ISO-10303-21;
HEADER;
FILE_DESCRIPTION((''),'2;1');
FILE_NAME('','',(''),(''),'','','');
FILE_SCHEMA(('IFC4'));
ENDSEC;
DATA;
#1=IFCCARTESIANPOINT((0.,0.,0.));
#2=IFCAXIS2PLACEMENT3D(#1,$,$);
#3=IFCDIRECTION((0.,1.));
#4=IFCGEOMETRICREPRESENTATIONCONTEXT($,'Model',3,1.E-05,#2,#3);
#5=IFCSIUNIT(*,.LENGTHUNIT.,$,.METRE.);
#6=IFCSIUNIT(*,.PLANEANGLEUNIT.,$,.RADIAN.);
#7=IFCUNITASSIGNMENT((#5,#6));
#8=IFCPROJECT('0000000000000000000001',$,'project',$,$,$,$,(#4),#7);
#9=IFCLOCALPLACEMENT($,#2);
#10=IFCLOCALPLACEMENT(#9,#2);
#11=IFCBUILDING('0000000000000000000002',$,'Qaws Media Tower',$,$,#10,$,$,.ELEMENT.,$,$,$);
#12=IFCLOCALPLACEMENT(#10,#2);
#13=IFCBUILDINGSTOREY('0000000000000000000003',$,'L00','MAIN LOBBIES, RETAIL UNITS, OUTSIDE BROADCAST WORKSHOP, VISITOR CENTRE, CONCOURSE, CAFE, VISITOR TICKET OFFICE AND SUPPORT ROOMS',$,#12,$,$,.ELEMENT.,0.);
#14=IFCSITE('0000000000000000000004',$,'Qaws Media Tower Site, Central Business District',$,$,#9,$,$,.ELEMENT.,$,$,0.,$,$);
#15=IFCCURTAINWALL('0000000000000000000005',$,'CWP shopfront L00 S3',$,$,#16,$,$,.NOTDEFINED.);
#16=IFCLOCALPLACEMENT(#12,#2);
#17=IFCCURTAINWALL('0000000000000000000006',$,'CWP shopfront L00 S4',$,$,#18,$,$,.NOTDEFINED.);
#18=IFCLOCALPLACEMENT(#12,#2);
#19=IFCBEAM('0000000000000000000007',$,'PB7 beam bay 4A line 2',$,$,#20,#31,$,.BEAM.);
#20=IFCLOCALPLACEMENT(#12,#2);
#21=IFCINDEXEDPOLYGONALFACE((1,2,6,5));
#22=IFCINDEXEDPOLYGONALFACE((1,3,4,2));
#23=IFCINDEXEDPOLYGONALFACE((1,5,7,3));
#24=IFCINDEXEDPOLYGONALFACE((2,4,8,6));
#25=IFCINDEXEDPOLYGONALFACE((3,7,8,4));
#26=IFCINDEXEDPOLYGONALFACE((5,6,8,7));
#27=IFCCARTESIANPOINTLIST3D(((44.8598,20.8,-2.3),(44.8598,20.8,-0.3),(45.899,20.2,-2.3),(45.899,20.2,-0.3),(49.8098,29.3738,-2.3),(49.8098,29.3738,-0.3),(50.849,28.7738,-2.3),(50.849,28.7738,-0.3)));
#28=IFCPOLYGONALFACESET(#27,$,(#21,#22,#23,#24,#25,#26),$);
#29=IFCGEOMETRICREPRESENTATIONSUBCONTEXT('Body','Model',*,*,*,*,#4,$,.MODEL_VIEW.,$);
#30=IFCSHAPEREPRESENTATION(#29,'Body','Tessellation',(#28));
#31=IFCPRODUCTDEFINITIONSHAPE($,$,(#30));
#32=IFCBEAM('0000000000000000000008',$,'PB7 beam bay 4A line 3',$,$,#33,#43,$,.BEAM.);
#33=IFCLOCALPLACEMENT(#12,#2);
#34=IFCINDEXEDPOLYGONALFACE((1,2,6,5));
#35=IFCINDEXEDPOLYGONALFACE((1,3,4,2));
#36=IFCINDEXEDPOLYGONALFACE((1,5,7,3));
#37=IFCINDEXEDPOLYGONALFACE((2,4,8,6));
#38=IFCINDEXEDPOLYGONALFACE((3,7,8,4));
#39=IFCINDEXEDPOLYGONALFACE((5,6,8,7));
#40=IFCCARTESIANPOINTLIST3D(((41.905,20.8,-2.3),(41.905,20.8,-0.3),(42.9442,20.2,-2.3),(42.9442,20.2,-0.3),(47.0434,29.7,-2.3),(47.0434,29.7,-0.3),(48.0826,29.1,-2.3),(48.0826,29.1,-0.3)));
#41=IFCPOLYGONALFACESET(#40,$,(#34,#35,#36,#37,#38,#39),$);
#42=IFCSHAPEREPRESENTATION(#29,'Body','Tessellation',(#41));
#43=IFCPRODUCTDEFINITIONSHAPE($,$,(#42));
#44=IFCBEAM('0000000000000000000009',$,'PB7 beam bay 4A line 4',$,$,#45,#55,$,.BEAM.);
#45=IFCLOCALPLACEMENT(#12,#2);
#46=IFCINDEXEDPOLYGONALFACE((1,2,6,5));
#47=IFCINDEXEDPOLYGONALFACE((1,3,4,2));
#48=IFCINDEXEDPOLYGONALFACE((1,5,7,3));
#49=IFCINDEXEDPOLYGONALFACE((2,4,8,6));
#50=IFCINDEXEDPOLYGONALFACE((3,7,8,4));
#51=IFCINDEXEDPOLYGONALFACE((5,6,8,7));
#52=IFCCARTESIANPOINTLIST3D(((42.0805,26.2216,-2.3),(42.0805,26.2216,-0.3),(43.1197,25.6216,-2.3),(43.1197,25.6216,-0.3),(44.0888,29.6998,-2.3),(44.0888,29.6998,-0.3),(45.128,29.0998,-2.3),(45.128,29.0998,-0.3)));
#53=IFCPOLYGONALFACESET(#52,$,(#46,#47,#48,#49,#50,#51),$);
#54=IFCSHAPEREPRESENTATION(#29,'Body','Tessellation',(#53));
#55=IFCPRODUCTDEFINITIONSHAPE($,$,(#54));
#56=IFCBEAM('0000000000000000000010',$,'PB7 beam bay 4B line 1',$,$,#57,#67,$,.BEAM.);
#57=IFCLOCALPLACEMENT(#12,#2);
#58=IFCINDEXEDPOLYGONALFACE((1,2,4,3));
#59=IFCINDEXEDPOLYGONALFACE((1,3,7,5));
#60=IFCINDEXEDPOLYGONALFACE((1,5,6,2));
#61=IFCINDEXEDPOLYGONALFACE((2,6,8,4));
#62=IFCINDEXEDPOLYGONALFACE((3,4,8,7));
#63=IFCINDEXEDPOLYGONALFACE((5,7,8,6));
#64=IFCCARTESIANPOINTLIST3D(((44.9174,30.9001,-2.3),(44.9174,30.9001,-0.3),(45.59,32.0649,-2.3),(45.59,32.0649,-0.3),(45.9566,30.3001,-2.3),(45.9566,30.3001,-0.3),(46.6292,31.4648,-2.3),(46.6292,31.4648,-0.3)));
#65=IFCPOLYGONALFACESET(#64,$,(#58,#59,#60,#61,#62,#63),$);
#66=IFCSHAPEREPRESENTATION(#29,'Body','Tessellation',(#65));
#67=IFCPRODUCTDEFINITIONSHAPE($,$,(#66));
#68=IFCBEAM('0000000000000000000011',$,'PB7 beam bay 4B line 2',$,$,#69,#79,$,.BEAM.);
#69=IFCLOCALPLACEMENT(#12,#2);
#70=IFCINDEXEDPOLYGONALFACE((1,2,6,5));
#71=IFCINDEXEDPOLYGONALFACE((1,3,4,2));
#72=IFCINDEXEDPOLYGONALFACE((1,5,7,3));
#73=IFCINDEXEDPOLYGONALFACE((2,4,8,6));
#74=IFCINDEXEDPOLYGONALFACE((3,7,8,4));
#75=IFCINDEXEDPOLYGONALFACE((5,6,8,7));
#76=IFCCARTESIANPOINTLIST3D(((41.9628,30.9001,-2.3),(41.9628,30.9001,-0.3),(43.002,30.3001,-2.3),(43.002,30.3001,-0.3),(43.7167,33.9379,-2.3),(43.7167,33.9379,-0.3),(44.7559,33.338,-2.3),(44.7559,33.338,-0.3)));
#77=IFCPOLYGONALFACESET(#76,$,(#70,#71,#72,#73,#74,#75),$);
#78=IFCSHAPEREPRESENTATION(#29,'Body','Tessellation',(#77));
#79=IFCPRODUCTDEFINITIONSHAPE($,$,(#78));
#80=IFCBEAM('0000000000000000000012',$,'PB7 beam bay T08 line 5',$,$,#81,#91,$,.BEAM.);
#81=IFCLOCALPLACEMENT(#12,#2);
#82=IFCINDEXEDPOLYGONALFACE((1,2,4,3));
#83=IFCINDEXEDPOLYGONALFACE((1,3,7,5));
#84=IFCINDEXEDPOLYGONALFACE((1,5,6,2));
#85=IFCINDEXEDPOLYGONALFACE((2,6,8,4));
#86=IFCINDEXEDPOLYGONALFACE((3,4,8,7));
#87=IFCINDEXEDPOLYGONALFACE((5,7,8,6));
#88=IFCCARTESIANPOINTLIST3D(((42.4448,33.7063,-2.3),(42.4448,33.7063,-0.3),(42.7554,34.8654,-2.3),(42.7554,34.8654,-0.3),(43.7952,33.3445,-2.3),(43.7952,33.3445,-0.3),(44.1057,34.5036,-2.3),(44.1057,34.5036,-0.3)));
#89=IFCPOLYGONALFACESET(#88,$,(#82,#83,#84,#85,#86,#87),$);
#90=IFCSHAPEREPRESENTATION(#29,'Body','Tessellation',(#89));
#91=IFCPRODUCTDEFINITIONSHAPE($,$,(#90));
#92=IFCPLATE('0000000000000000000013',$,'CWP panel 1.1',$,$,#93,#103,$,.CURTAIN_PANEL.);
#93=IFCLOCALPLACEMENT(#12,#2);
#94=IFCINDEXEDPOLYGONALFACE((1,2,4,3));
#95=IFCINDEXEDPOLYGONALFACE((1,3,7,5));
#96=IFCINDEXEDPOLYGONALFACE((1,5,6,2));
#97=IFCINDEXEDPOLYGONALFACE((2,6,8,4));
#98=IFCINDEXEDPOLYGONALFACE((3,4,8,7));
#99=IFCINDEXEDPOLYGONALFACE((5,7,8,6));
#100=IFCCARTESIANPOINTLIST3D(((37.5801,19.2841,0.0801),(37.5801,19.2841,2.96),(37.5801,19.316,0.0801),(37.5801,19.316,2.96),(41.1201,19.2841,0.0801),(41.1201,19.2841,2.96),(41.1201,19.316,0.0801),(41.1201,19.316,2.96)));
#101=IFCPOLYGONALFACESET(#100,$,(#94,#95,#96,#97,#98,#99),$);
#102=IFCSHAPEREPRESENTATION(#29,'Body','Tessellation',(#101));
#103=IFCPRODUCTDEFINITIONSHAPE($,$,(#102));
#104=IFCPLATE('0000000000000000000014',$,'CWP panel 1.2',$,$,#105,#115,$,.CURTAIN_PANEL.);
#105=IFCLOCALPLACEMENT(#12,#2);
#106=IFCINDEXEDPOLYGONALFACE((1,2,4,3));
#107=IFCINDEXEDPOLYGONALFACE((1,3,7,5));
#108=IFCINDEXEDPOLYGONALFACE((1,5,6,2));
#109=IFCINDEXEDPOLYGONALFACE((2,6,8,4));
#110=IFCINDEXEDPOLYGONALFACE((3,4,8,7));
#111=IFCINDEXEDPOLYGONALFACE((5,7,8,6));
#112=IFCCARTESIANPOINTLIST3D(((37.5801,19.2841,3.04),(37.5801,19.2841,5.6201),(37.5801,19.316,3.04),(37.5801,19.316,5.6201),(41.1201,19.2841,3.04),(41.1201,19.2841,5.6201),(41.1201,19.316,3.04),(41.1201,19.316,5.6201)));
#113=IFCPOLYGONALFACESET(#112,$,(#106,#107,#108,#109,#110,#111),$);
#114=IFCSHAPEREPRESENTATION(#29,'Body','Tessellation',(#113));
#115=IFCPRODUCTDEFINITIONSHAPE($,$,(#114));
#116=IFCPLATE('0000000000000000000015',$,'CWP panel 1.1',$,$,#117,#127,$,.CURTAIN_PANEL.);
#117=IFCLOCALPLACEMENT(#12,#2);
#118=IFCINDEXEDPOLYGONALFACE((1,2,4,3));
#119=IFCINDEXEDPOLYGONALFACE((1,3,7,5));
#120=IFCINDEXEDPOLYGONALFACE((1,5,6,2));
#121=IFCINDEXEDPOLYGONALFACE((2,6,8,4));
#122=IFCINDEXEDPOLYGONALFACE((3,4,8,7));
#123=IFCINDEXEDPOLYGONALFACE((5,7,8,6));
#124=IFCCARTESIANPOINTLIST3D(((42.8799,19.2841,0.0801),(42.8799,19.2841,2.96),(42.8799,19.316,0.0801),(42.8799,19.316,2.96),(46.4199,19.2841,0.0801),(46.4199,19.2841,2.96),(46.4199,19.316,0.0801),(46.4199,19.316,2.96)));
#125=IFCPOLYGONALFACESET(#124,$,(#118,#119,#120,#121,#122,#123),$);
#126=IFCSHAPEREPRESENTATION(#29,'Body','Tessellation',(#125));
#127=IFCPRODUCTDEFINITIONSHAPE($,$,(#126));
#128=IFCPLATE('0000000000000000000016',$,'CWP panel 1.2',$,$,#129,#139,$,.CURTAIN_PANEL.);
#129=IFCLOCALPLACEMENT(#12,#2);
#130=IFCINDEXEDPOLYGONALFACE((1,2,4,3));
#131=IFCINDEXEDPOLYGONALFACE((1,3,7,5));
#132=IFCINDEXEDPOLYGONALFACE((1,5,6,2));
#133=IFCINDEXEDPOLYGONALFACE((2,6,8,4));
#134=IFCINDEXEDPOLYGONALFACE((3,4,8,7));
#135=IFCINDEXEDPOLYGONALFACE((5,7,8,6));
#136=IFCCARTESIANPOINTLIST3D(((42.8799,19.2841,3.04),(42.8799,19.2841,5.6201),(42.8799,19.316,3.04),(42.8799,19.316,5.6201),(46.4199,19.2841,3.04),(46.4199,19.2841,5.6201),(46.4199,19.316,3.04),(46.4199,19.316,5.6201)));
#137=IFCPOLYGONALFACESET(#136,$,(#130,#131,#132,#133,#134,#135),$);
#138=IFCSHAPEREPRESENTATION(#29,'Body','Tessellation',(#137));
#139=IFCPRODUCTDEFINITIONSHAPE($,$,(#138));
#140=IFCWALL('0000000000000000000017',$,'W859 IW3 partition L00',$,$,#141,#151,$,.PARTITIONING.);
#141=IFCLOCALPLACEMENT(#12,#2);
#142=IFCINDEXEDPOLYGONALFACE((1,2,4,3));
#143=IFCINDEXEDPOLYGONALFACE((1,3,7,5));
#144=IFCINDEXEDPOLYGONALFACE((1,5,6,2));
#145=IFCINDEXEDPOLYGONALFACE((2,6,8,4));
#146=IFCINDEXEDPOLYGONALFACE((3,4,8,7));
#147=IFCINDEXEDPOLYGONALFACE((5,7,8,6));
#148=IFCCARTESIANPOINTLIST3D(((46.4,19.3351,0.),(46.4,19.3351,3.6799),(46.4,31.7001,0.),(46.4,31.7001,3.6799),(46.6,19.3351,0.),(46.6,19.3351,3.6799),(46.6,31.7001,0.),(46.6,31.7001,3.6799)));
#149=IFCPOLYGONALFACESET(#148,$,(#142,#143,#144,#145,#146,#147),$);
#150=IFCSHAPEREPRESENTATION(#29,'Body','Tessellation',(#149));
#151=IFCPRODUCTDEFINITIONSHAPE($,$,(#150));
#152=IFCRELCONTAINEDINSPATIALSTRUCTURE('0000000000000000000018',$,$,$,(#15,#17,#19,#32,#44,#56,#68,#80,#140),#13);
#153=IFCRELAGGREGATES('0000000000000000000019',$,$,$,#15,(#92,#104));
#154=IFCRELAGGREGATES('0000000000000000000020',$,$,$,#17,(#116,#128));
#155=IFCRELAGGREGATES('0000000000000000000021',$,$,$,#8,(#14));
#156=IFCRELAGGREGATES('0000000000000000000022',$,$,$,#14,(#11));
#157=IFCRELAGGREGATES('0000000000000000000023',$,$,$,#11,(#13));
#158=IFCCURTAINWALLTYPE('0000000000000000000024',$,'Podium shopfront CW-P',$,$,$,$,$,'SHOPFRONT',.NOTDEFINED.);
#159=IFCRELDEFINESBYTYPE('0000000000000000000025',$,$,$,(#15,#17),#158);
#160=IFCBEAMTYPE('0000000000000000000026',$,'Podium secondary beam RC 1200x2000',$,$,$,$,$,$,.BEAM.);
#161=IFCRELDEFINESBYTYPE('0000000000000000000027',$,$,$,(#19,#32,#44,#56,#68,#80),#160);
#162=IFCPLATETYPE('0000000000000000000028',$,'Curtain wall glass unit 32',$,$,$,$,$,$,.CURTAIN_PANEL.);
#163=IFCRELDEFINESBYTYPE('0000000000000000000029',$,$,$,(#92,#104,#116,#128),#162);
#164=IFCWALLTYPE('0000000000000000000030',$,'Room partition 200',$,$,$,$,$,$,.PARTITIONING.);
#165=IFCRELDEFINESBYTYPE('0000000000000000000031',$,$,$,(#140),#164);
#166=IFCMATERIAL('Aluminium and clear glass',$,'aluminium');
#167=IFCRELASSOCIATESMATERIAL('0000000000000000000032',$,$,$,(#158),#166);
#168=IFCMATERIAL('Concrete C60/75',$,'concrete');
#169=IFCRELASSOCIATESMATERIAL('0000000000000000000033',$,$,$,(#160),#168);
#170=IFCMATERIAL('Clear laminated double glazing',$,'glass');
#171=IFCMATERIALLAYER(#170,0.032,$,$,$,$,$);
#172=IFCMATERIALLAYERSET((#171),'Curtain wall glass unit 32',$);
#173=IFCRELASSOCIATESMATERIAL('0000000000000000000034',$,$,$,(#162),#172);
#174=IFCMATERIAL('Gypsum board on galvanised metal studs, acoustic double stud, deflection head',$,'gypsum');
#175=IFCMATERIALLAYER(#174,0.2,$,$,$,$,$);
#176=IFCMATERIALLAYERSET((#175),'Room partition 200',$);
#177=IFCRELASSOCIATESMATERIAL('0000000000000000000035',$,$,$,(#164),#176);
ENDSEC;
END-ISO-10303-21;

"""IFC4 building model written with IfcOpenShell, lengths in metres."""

from ifc_helpers import new_model, si_unit, direction, frame, frame_2d, origin, origin_2d, place, context, subcontext, project, spatial, rectangle, extrude, material, layer, layer_set, material_profile, profile_set, type_object, element, aggregate, save


model = new_model("IFC4")

# Units and contexts
model_context = context("Model", 3, precision=1e-05, world=origin(), true_north=direction((0.0, 1.0)))
body_context = subcontext(model_context, "Body", "Model", "MODEL_VIEW")
ifc_project = project(units=[si_unit("LENGTHUNIT", "METRE"), si_unit("PLANEANGLEUNIT", "RADIAN")], contexts=[model_context])

# Site, building, storey
site_placement = place(None, origin())
site = spatial("IfcSite", under=ifc_project, at=site_placement, Name="Qaws Media Tower Site, Central Business District", CompositionType="ELEMENT", RefElevation=0.0)
building_placement = place(site_placement, origin())
building = spatial("IfcBuilding", under=site, at=building_placement, Name="Qaws Media Tower", CompositionType="ELEMENT")
storey_placement = place(building_placement, origin())
storey = spatial("IfcBuildingStorey", under=building, at=storey_placement, Name="L00", Description="MAIN LOBBIES, RETAIL UNITS, OUTSIDE BROADCAST WORKSHOP, VISITOR CENTRE, CONCOURSE, CAFE, VISITOR TICKET OFFICE AND SUPPORT ROOMS", CompositionType="ELEMENT", Elevation=0.0)

# Curtain wall
ifc_material_1 = material(Name="Aluminium and clear glass", Category="aluminium")
curtain_wall_type = type_object("IfcCurtainWallType", Name="Podium shopfront CW-P", ElementType="SHOPFRONT", PredefinedType="NOTDEFINED", material=ifc_material_1)
curtain_wall_1_placement = place(storey_placement, origin())
curtain_wall_1 = element("IfcCurtainWall", 1, at=curtain_wall_1_placement, inside=storey, type_object=curtain_wall_type, Name="CWP shopfront L00 S3", PredefinedType="NOTDEFINED")

# Curtain wall
curtain_wall_2_placement = place(storey_placement, origin())
curtain_wall_2 = element("IfcCurtainWall", 2, at=curtain_wall_2_placement, inside=storey, type_object=curtain_wall_type, Name="CWP shopfront L00 S4", PredefinedType="NOTDEFINED")

# Beams
ifc_material_2 = material(Name="Concrete C60/75", Category="concrete")
ifc_material_profile_1 = material_profile(ifc_material_2, rectangle(XDim=1.2, YDim=2.0, at=origin_2d()), Name="RC 1200x2000")
ifc_profile_set_1 = profile_set([ifc_material_profile_1], Name="Concrete C60/75")
beam_type_1 = type_object("IfcBeamType", Name="Podium secondary beam RC 1200x2000", PredefinedType="BEAM", material=ifc_profile_set_1)
beam_1_placement = place(storey_placement, frame((45.3794, 20.5, -1.3), z_axis=(0.499993, 0.86603, 0.0), x_axis=(-0.86603, 0.499993, 0.0)))
element("IfcBeam", 3, at=beam_1_placement, inside=storey, type_object=beam_type_1, Name="PB7 beam bay 4A line 2", PredefinedType="BEAM", context=body_context, shape_type="SweptSolid", body=[
    extrude(rectangle(XDim=1.2, YDim=2.0, at=origin_2d()), origin(), (0.0, 0.0, 1.0), 9.9001),
])
beam_2_placement = place(storey_placement, frame((42.4246, 20.5, -1.3), z_axis=(0.500005, 0.866023, 0.0), x_axis=(-0.866023, 0.500005, 0.0)))
element("IfcBeam", 4, at=beam_2_placement, inside=storey, type_object=beam_type_1, Name="PB7 beam bay 4A line 3", PredefinedType="BEAM", context=body_context, shape_type="SweptSolid", body=[
    extrude(rectangle(XDim=1.2, YDim=2.0, at=origin_2d()), origin(), (0.0, 0.0, 1.0), 10.2769),
])
beam_3_placement = place(storey_placement, frame((42.6001, 25.9216, -1.3), z_axis=(0.500022, 0.866012, 0.0), x_axis=(-0.866012, 0.500022, 0.0)))
element("IfcBeam", 5, at=beam_3_placement, inside=storey, type_object=beam_type_1, Name="PB7 beam bay 4A line 4", PredefinedType="BEAM", context=body_context, shape_type="SweptSolid", body=[
    extrude(rectangle(XDim=1.2, YDim=2.0, at=origin_2d()), origin(), (0.0, 0.0, 1.0), 4.0164),
])
beam_4_placement = place(storey_placement, frame((45.437, 30.6001, -1.3), z_axis=(0.500063, 0.865989, 0.0), x_axis=(-0.865989, 0.500063, 0.0)))
element("IfcBeam", 6, at=beam_4_placement, inside=storey, type_object=beam_type_1, Name="PB7 beam bay 4B line 1", PredefinedType="BEAM", context=body_context, shape_type="SweptSolid", body=[
    extrude(rectangle(XDim=1.2, YDim=2.0, at=origin_2d()), origin(), (0.0, 0.0, 1.0), 1.345),
])
beam_5_placement = place(storey_placement, frame((42.4824, 30.6001, -1.3), z_axis=(0.500002, 0.866024, 0.0), x_axis=(-0.866024, 0.500002, 0.0)))
element("IfcBeam", 7, at=beam_5_placement, inside=storey, type_object=beam_type_1, Name="PB7 beam bay 4B line 2", PredefinedType="BEAM", context=body_context, shape_type="SweptSolid", body=[
    extrude(rectangle(XDim=1.2, YDim=2.0, at=origin_2d()), origin(), (0.0, 0.0, 1.0), 3.5078),
])
beam_6_placement = place(storey_placement, frame((43.9504, 33.9241, -1.3), z_axis=(-0.965927, 0.258815, 0.0), x_axis=(-0.258815, -0.965927, 0.0)))
element("IfcBeam", 8, at=beam_6_placement, inside=storey, type_object=beam_type_1, Name="PB7 beam bay T08 line 5", PredefinedType="BEAM", context=body_context, shape_type="SweptSolid", body=[
    extrude(rectangle(XDim=1.2, YDim=2.0, at=origin_2d()), origin(), (0.0, 0.0, 1.0), 1.3979),
])

# Plates
ifc_material_3 = material(Name="Clear laminated double glazing", Category="glass")
ifc_layer_1 = layer(ifc_material_3, 0.032)
ifc_layer_set_1 = layer_set([ifc_layer_1], Name="Curtain wall glass unit 32")
plate_type = type_object("IfcPlateType", Name="Curtain wall glass unit 32", PredefinedType="CURTAIN_PANEL", material=ifc_layer_set_1)
plate_1_placement = place(storey_placement, frame((39.3501, 19.3, 0.0801), z_axis=(0.0, 0.0, 1.0), x_axis=(1.0, 0.0, 0.0)))
plate_1 = element("IfcPlate", 9, at=plate_1_placement, type_object=plate_type, Name="CWP panel 1.1", PredefinedType="CURTAIN_PANEL", context=body_context, shape_type="SweptSolid", body=[
    extrude(rectangle(XDim=3.54, YDim=0.032, at=origin_2d()), origin(), (0.0, 0.0, 1.0), 2.8799),
])
plate_2_placement = place(storey_placement, frame((39.3501, 19.3, 3.04), z_axis=(0.0, 0.0, 1.0), x_axis=(1.0, 0.0, 0.0)))
plate_2 = element("IfcPlate", 10, at=plate_2_placement, type_object=plate_type, Name="CWP panel 1.2", PredefinedType="CURTAIN_PANEL", context=body_context, shape_type="SweptSolid", body=[
    extrude(rectangle(XDim=3.54, YDim=0.032, at=origin_2d()), origin(), (0.0, 0.0, 1.0), 2.5801),
])
aggregate(curtain_wall_1, [plate_1, plate_2])
plate_3_placement = place(storey_placement, frame((44.6499, 19.3, 0.0801), z_axis=(0.0, 0.0, 1.0), x_axis=(1.0, 0.0, 0.0)))
plate_3 = element("IfcPlate", 11, at=plate_3_placement, type_object=plate_type, Name="CWP panel 1.1", PredefinedType="CURTAIN_PANEL", context=body_context, shape_type="SweptSolid", body=[
    extrude(rectangle(XDim=3.54, YDim=0.032, at=origin_2d()), origin(), (0.0, 0.0, 1.0), 2.8799),
])
plate_4_placement = place(storey_placement, frame((44.6499, 19.3, 3.04), z_axis=(0.0, 0.0, 1.0), x_axis=(1.0, 0.0, 0.0)))
plate_4 = element("IfcPlate", 12, at=plate_4_placement, type_object=plate_type, Name="CWP panel 1.2", PredefinedType="CURTAIN_PANEL", context=body_context, shape_type="SweptSolid", body=[
    extrude(rectangle(XDim=3.54, YDim=0.032, at=origin_2d()), origin(), (0.0, 0.0, 1.0), 2.5801),
])
aggregate(curtain_wall_2, [plate_3, plate_4])

# Wall
ifc_material_4 = material(Name="Gypsum board on galvanised metal studs, acoustic double stud, deflection head", Category="gypsum")
ifc_layer_2 = layer(ifc_material_4, 0.2)
ifc_layer_set_2 = layer_set([ifc_layer_2], Name="Room partition 200")
wall_type = type_object("IfcWallType", Name="Room partition 200", PredefinedType="PARTITIONING", material=ifc_layer_set_2)
wall_1_placement = place(storey_placement, frame((46.5, 19.335, 0.0), z_axis=(0.0, 0.0, 1.0), x_axis=(0.0, 1.0, 0.0)))
element("IfcWall", 13, at=wall_1_placement, inside=storey, type_object=wall_type, Name="W859 IW3 partition L00", PredefinedType="PARTITIONING", context=body_context, shape_type="SweptSolid", body=[
    extrude(rectangle(XDim=12.365, YDim=0.2, at=frame_2d((6.1826, 0.0))), origin(), (0.0, 0.0, 1.0), 3.6799),
])

save(model, "model.ifc")
